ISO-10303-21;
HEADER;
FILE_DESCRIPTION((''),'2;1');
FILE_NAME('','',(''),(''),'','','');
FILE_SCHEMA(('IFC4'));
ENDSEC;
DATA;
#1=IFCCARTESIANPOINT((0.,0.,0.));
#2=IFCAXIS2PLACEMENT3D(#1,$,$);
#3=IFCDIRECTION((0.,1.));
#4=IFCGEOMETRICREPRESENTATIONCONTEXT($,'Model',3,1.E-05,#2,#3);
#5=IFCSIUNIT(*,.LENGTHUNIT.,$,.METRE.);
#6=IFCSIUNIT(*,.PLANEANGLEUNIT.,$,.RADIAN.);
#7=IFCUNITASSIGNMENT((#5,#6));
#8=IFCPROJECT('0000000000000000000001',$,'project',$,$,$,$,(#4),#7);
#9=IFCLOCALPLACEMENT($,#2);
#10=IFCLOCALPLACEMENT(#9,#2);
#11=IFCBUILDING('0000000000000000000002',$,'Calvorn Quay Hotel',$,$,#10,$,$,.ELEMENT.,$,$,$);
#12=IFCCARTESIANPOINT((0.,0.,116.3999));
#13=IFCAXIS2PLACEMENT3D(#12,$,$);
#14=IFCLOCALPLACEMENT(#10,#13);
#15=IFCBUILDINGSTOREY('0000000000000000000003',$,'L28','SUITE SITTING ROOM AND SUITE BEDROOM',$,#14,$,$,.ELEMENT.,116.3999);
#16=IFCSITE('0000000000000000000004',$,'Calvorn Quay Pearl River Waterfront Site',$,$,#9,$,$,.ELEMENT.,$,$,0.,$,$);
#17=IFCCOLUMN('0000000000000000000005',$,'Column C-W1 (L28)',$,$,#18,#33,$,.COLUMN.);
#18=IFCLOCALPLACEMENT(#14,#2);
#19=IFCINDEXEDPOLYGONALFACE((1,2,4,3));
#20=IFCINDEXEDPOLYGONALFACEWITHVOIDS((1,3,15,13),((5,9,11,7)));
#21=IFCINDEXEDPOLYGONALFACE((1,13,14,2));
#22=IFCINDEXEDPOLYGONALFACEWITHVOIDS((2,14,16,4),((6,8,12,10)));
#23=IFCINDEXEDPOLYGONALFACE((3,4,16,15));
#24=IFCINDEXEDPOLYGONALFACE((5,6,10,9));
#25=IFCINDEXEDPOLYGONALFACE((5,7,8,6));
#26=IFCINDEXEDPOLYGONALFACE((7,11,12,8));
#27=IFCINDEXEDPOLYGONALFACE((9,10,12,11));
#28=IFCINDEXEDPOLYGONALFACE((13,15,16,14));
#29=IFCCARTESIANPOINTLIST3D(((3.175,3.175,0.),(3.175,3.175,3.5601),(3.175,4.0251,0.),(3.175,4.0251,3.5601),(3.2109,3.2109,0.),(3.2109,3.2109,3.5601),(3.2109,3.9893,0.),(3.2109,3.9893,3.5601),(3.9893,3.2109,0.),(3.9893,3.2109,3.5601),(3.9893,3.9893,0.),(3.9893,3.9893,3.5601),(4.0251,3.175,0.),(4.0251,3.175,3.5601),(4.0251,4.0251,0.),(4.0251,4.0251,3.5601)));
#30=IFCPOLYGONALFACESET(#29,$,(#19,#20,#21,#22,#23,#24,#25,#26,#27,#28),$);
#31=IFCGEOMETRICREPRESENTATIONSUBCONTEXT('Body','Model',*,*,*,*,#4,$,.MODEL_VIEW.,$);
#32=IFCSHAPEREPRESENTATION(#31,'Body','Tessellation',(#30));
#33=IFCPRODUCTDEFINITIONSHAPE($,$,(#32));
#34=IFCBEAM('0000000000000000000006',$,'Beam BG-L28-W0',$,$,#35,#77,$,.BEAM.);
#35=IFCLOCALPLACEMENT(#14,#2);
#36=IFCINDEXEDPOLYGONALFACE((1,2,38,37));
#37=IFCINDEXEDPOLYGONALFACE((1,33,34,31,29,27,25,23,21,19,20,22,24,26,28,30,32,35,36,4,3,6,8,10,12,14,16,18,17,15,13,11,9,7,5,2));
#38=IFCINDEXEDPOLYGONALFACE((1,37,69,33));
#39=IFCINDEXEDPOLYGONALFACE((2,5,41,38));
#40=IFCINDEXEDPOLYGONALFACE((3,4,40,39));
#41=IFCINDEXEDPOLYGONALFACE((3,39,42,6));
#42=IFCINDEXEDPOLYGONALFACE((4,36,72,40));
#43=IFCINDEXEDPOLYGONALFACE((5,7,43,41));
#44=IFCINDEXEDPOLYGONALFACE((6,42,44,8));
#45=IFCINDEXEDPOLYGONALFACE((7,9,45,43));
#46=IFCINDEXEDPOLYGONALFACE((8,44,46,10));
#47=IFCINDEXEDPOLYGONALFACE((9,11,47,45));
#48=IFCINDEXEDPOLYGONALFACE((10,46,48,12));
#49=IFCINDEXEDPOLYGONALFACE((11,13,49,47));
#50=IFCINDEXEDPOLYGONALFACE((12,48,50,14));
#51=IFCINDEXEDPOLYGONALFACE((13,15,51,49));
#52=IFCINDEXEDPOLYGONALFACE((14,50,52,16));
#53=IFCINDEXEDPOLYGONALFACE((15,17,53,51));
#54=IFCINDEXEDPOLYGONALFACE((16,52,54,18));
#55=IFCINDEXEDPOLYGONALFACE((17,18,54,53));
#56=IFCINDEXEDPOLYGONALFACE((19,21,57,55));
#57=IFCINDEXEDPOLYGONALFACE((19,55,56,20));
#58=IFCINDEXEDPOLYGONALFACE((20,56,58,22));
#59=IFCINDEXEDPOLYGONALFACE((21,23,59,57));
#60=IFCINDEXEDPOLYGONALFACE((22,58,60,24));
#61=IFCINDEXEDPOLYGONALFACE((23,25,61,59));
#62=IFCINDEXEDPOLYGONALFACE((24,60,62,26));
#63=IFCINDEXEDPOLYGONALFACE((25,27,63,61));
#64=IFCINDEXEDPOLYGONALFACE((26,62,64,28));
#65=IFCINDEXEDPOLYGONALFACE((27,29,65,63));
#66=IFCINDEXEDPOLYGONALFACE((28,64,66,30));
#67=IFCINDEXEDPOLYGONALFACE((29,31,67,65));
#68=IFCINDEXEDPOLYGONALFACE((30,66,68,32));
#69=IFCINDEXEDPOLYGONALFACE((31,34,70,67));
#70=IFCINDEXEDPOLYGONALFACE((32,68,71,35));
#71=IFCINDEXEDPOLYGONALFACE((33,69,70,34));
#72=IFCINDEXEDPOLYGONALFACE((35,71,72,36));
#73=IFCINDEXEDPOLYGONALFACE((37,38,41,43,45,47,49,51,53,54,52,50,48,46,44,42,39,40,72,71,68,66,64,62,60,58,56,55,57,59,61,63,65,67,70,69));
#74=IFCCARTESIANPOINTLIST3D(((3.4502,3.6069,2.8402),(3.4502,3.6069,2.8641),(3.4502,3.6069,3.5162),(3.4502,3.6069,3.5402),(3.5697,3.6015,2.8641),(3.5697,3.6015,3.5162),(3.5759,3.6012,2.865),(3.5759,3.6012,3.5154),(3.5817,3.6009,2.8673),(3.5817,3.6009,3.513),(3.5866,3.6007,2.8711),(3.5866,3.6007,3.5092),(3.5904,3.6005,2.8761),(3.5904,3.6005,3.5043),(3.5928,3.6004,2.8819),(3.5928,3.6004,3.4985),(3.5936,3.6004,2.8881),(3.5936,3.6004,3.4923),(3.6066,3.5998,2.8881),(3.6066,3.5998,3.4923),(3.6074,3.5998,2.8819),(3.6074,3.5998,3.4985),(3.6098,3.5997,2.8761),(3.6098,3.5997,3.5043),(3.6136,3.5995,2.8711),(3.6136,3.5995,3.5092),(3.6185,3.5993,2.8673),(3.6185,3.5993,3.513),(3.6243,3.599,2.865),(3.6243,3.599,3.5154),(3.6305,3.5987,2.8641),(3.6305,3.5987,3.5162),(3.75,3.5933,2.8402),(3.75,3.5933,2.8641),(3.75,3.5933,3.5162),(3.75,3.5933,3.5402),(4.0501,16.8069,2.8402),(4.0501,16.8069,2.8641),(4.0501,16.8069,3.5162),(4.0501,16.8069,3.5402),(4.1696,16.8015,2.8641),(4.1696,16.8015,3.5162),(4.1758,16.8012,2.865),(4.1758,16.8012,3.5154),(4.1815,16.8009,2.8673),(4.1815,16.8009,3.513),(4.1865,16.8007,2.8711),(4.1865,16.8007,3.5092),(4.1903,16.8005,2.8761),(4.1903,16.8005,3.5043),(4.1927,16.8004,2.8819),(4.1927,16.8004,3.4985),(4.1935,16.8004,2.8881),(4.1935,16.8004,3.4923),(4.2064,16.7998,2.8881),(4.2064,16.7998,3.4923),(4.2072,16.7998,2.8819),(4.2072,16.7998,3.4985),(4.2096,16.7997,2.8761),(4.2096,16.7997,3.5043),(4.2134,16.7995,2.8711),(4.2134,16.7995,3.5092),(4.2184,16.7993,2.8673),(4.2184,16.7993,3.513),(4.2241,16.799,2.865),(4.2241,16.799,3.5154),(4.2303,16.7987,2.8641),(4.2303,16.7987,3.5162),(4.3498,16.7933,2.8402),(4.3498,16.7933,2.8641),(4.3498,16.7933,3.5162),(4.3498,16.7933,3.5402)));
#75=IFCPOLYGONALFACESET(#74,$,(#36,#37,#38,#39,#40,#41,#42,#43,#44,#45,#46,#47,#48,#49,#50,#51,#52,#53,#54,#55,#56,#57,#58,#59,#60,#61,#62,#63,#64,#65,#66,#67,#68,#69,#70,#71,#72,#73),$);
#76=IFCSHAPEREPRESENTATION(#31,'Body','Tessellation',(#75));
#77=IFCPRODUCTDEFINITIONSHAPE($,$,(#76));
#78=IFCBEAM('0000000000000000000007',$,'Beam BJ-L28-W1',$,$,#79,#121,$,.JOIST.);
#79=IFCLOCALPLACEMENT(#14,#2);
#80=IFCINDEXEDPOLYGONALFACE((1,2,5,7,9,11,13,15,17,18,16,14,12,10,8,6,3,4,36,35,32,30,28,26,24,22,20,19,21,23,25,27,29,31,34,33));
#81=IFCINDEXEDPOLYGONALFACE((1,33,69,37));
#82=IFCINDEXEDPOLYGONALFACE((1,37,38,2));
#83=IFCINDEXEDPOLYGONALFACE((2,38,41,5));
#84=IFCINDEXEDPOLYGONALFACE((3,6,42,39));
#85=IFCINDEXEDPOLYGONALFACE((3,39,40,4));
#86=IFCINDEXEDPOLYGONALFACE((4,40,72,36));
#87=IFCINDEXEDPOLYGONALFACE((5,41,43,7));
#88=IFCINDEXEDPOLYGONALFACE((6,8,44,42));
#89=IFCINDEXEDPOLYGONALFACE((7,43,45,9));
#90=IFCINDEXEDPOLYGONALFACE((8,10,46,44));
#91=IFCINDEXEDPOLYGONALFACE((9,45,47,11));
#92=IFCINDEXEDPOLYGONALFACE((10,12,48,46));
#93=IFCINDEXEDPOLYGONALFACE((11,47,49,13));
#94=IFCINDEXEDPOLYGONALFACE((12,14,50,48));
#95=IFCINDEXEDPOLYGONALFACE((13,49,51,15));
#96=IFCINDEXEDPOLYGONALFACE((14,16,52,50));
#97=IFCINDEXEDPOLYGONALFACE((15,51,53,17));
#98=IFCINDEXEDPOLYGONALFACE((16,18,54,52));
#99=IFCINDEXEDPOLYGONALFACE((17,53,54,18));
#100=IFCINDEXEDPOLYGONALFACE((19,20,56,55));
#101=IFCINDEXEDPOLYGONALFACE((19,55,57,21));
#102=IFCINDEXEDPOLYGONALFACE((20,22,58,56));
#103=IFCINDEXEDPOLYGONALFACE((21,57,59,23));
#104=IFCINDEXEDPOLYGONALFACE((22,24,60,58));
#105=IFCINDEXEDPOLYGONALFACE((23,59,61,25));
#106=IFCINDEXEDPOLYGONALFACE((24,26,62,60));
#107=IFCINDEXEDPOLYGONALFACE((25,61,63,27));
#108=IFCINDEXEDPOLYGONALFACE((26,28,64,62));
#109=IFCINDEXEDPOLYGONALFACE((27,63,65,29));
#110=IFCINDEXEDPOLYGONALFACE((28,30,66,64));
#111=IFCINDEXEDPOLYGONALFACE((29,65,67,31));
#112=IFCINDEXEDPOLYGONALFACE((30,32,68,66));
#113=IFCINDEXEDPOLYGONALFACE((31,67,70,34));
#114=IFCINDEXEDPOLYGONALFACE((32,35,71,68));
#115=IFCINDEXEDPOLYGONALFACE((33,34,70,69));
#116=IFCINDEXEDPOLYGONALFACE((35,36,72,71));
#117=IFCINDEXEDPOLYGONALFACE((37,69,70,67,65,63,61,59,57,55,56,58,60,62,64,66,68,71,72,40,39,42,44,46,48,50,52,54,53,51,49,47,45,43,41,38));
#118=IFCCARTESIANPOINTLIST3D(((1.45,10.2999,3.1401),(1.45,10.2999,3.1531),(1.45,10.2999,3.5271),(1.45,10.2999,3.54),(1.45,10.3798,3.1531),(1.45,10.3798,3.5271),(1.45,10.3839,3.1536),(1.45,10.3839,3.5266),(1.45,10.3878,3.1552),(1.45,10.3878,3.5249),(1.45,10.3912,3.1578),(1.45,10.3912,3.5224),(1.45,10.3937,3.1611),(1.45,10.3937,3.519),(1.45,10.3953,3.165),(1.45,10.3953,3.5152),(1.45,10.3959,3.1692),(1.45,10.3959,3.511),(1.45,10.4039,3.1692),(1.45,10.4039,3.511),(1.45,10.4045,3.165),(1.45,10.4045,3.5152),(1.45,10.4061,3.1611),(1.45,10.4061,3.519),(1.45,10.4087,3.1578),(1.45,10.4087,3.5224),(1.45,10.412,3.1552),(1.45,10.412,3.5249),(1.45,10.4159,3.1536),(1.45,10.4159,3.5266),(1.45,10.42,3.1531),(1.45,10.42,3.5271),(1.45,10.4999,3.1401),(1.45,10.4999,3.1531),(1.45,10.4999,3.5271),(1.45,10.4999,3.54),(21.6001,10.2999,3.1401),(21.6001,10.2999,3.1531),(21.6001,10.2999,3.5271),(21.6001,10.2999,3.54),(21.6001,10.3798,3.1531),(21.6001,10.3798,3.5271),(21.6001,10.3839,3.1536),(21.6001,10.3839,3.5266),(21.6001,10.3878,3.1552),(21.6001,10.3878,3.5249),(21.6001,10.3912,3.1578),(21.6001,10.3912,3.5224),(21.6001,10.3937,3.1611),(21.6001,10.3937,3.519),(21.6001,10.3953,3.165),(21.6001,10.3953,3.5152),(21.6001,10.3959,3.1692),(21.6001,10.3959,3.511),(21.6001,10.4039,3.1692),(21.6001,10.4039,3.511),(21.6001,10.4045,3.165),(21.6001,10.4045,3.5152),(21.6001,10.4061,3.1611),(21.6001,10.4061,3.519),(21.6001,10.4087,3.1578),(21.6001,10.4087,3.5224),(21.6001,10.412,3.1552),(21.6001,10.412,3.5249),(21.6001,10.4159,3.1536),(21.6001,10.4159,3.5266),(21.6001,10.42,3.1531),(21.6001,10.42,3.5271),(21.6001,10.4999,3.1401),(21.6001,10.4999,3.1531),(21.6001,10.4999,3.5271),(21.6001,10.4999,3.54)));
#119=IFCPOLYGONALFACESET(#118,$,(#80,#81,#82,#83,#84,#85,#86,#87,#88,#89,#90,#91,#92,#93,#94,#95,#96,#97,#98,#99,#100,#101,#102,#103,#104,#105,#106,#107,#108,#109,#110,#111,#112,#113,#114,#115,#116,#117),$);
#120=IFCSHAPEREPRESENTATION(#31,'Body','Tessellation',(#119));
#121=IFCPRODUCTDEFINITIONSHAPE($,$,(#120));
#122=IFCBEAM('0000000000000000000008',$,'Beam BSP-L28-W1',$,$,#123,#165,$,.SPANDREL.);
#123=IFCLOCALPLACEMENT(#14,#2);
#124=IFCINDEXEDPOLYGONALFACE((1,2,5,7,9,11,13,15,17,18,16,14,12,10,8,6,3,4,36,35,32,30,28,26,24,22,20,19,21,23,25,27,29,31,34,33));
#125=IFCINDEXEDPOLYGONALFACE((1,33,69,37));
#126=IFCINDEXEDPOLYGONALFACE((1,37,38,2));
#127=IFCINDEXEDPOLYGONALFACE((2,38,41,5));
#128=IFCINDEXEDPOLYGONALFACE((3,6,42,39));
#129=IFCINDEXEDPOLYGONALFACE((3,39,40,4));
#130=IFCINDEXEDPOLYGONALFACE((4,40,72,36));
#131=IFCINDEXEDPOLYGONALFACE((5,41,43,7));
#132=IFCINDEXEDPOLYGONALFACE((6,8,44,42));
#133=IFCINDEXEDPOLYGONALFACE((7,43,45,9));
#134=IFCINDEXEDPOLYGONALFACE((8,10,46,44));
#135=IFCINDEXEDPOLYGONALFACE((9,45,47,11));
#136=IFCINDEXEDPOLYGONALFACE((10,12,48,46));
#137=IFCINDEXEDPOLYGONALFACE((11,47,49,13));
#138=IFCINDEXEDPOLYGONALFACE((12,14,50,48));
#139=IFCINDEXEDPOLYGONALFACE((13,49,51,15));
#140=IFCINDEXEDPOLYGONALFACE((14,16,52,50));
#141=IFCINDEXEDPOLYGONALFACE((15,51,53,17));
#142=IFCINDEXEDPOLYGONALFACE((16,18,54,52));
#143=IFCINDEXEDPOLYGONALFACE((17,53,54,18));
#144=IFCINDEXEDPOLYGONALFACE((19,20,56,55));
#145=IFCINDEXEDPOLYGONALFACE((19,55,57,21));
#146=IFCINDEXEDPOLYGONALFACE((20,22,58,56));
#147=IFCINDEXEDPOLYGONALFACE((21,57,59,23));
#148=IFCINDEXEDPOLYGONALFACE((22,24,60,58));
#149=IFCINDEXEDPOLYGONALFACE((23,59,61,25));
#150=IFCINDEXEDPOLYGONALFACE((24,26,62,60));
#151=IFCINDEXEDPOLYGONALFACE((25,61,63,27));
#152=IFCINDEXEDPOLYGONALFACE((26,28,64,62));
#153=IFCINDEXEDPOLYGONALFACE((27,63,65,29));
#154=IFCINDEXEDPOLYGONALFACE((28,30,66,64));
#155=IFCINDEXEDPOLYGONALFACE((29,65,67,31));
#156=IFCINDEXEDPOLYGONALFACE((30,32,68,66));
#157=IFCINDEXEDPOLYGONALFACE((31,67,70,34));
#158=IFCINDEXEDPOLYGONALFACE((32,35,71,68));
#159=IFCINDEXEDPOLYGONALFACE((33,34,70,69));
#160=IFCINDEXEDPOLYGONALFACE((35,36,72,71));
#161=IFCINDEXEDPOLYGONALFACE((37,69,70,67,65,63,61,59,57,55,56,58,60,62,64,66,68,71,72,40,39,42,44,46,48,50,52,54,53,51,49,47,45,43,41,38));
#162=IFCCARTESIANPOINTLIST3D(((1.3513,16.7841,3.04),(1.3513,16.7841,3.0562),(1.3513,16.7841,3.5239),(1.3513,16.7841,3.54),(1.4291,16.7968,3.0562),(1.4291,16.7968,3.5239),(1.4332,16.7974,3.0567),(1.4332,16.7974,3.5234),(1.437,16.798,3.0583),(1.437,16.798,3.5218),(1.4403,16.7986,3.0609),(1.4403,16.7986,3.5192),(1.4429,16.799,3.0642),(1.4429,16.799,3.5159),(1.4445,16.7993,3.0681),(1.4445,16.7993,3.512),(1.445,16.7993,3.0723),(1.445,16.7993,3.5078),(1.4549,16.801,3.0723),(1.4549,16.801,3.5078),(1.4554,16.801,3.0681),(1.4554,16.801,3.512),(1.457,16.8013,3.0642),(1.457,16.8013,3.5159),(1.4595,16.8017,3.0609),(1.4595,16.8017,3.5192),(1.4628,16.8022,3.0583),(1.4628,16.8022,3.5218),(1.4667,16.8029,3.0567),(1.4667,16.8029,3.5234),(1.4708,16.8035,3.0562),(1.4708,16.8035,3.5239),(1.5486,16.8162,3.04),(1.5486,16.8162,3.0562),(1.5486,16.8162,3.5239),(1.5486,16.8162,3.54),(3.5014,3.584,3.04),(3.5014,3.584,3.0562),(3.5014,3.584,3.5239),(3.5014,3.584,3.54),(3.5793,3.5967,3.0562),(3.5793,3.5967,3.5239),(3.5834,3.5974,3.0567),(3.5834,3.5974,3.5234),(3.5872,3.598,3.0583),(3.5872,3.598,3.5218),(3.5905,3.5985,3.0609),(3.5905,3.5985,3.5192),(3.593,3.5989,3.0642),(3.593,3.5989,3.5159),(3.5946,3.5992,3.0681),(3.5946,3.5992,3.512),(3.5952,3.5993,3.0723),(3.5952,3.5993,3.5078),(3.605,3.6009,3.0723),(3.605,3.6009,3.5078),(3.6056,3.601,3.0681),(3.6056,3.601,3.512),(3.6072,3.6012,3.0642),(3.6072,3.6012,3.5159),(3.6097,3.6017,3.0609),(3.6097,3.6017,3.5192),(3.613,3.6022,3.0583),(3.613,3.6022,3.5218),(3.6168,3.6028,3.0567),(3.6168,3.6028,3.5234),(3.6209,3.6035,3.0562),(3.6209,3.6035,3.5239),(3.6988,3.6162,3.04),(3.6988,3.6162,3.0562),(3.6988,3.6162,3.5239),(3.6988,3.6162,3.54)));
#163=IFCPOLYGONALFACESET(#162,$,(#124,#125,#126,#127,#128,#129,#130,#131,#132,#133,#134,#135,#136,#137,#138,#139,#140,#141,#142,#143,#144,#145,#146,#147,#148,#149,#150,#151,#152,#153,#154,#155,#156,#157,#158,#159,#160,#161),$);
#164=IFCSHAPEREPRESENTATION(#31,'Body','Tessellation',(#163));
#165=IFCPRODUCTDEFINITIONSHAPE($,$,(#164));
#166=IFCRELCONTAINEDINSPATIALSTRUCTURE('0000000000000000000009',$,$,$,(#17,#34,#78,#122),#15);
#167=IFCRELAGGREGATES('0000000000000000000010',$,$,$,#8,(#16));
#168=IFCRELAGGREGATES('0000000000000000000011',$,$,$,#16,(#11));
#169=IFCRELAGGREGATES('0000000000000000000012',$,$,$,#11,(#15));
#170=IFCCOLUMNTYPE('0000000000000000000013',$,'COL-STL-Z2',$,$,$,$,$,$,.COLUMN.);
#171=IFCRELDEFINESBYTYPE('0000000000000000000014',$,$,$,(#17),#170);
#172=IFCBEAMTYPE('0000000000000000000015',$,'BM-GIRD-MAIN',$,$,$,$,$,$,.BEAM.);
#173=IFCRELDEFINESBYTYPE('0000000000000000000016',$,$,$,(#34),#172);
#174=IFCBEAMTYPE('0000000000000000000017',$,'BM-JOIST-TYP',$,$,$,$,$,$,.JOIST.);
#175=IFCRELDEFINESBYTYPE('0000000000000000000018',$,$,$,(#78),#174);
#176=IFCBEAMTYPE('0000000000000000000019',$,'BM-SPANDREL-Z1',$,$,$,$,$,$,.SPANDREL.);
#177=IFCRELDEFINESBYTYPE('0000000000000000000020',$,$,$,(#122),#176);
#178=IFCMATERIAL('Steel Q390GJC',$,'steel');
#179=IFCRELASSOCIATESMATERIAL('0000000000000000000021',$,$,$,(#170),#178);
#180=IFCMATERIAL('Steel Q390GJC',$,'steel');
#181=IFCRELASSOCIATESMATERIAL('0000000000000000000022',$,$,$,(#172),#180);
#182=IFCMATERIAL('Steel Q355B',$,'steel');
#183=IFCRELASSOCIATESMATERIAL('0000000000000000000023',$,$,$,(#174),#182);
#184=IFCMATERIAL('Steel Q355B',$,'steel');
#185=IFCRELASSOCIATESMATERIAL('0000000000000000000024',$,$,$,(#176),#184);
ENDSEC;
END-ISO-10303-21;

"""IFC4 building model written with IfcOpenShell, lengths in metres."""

from ifc_helpers import new_model, si_unit, direction, frame, origin, origin_2d, place, context, subcontext, project, spatial, hollow_rectangle, i_section, extrude, material, material_profile, profile_set, type_object, element, save


model = new_model("IFC4")

# Units and contexts
model_context = context("Model", 3, precision=1e-05, world=origin(), true_north=direction((0.0, 1.0)))
body_context = subcontext(model_context, "Body", "Model", "MODEL_VIEW")
ifc_project = project(units=[si_unit("LENGTHUNIT", "METRE"), si_unit("PLANEANGLEUNIT", "RADIAN")], contexts=[model_context])

# Site, building, storey
site_placement = place(None, origin())
site = spatial("IfcSite", under=ifc_project, at=site_placement, Name="Calvorn Quay Pearl River Waterfront Site", CompositionType="ELEMENT", RefElevation=0.0)
building_placement = place(site_placement, origin())
building = spatial("IfcBuilding", under=site, at=building_placement, Name="Calvorn Quay Hotel", CompositionType="ELEMENT")
storey_placement = place(building_placement, frame((0.0, 0.0, 116.3999)))
storey = spatial("IfcBuildingStorey", under=building, at=storey_placement, Name="L28", Description="SUITE SITTING ROOM AND SUITE BEDROOM", CompositionType="ELEMENT", Elevation=116.3999)

# Column
ifc_material_1 = material(Name="Steel Q390GJC", Category="steel")
ifc_material_profile_1 = material_profile(ifc_material_1, hollow_rectangle(XDim=0.8501, YDim=0.8501, WallThickness=0.0359, at=origin_2d()), Name="BOX850x850x36")
ifc_profile_set_1 = profile_set([ifc_material_profile_1], Name="Steel Q390GJC")
column_type = type_object("IfcColumnType", Name="COL-STL-Z2", PredefinedType="COLUMN", material=ifc_profile_set_1)
column_placement = place(storey_placement, frame((3.6001, 3.6001, 0.0), z_axis=(0.0, 0.0, 1.0), x_axis=(1.0, 0.0, 0.0)))
element("IfcColumn", 1, at=column_placement, inside=storey, type_object=column_type, Name="Column C-W1 (L28)", PredefinedType="COLUMN", context=body_context, shape_type="SweptSolid", body=[
    extrude(hollow_rectangle(XDim=0.8501, YDim=0.8501, WallThickness=0.0359, at=origin_2d()), origin(), (0.0, 0.0, 1.0), 3.5601),
])

# Beams
ifc_material_2 = material(Name="Steel Q390GJC", Category="steel")
ifc_material_profile_2 = material_profile(ifc_material_2, i_section(OverallWidth=0.3, OverallDepth=0.7, WebThickness=0.0129, FlangeThickness=0.0239, FilletRadius=0.0239, at=origin_2d()), Name="HN700x300x13x24")
ifc_profile_set_2 = profile_set([ifc_material_profile_2], Name="Steel Q390GJC")
beam_type_1 = type_object("IfcBeamType", Name="BM-GIRD-MAIN", PredefinedType="BEAM", material=ifc_profile_set_2)
beam_1_placement = place(storey_placement, frame((3.6001, 3.6001, 3.1902), z_axis=(0.045397, 0.998969, 0.0), x_axis=(-0.998969, 0.045397, 0.0)))
element("IfcBeam", 2, at=beam_1_placement, inside=storey, type_object=beam_type_1, Name="Beam BG-L28-W0", PredefinedType="BEAM", context=body_context, shape_type="SweptSolid", body=[
    extrude(i_section(OverallWidth=0.3, OverallDepth=0.7, WebThickness=0.0129, FlangeThickness=0.0239, FilletRadius=0.0239, at=origin_2d()), origin(), (0.0, 0.0, 1.0), 13.2136),
])
ifc_material_3 = material(Name="Steel Q355B", Category="steel")
ifc_material_profile_3 = material_profile(ifc_material_3, i_section(OverallWidth=0.2, OverallDepth=0.3999, WebThickness=0.0081, FlangeThickness=0.0129, FilletRadius=0.0161, at=origin_2d()), Name="HN400x200x8x13")
ifc_profile_set_3 = profile_set([ifc_material_profile_3], Name="Steel Q355B")
beam_type_2 = type_object("IfcBeamType", Name="BM-JOIST-TYP", PredefinedType="JOIST", material=ifc_profile_set_3)
beam_2_placement = place(storey_placement, frame((1.45, 10.3999, 3.3401), z_axis=(1.0, 0.0, 0.0), x_axis=(0.0, 1.0, 0.0)))
element("IfcBeam", 3, at=beam_2_placement, inside=storey, type_object=beam_type_2, Name="Beam BJ-L28-W1", PredefinedType="JOIST", context=body_context, shape_type="SweptSolid", body=[
    extrude(i_section(OverallWidth=0.2, OverallDepth=0.3999, WebThickness=0.0081, FlangeThickness=0.0129, FilletRadius=0.0161, at=origin_2d()), origin(), (0.0, 0.0, 1.0), 20.1501),
])
ifc_material_4 = material(Name="Steel Q355B", Category="steel")
ifc_material_profile_4 = material_profile(ifc_material_4, i_section(OverallWidth=0.2, OverallDepth=0.5, WebThickness=0.01, FlangeThickness=0.0161, FilletRadius=0.0161, at=origin_2d()), Name="HN500x200x10x16")
ifc_profile_set_4 = profile_set([ifc_material_profile_4], Name="Steel Q355B")
beam_type_3 = type_object("IfcBeamType", Name="BM-SPANDREL-Z1", PredefinedType="SPANDREL", material=ifc_profile_set_4)
beam_3_placement = place(storey_placement, frame((3.6001, 3.6001, 3.29), z_axis=(-0.160772, 0.986992, 0.0), x_axis=(-0.986992, -0.160772, 0.0)))
element("IfcBeam", 4, at=beam_3_placement, inside=storey, type_object=beam_type_3, Name="Beam BSP-L28-W1", PredefinedType="SPANDREL", context=body_context, shape_type="SweptSolid", body=[
    extrude(i_section(OverallWidth=0.2, OverallDepth=0.5, WebThickness=0.01, FlangeThickness=0.0161, FilletRadius=0.0161, at=origin_2d()), origin(), (0.0, 0.0, 1.0), 13.374),
])

save(model, "model.ifc")
